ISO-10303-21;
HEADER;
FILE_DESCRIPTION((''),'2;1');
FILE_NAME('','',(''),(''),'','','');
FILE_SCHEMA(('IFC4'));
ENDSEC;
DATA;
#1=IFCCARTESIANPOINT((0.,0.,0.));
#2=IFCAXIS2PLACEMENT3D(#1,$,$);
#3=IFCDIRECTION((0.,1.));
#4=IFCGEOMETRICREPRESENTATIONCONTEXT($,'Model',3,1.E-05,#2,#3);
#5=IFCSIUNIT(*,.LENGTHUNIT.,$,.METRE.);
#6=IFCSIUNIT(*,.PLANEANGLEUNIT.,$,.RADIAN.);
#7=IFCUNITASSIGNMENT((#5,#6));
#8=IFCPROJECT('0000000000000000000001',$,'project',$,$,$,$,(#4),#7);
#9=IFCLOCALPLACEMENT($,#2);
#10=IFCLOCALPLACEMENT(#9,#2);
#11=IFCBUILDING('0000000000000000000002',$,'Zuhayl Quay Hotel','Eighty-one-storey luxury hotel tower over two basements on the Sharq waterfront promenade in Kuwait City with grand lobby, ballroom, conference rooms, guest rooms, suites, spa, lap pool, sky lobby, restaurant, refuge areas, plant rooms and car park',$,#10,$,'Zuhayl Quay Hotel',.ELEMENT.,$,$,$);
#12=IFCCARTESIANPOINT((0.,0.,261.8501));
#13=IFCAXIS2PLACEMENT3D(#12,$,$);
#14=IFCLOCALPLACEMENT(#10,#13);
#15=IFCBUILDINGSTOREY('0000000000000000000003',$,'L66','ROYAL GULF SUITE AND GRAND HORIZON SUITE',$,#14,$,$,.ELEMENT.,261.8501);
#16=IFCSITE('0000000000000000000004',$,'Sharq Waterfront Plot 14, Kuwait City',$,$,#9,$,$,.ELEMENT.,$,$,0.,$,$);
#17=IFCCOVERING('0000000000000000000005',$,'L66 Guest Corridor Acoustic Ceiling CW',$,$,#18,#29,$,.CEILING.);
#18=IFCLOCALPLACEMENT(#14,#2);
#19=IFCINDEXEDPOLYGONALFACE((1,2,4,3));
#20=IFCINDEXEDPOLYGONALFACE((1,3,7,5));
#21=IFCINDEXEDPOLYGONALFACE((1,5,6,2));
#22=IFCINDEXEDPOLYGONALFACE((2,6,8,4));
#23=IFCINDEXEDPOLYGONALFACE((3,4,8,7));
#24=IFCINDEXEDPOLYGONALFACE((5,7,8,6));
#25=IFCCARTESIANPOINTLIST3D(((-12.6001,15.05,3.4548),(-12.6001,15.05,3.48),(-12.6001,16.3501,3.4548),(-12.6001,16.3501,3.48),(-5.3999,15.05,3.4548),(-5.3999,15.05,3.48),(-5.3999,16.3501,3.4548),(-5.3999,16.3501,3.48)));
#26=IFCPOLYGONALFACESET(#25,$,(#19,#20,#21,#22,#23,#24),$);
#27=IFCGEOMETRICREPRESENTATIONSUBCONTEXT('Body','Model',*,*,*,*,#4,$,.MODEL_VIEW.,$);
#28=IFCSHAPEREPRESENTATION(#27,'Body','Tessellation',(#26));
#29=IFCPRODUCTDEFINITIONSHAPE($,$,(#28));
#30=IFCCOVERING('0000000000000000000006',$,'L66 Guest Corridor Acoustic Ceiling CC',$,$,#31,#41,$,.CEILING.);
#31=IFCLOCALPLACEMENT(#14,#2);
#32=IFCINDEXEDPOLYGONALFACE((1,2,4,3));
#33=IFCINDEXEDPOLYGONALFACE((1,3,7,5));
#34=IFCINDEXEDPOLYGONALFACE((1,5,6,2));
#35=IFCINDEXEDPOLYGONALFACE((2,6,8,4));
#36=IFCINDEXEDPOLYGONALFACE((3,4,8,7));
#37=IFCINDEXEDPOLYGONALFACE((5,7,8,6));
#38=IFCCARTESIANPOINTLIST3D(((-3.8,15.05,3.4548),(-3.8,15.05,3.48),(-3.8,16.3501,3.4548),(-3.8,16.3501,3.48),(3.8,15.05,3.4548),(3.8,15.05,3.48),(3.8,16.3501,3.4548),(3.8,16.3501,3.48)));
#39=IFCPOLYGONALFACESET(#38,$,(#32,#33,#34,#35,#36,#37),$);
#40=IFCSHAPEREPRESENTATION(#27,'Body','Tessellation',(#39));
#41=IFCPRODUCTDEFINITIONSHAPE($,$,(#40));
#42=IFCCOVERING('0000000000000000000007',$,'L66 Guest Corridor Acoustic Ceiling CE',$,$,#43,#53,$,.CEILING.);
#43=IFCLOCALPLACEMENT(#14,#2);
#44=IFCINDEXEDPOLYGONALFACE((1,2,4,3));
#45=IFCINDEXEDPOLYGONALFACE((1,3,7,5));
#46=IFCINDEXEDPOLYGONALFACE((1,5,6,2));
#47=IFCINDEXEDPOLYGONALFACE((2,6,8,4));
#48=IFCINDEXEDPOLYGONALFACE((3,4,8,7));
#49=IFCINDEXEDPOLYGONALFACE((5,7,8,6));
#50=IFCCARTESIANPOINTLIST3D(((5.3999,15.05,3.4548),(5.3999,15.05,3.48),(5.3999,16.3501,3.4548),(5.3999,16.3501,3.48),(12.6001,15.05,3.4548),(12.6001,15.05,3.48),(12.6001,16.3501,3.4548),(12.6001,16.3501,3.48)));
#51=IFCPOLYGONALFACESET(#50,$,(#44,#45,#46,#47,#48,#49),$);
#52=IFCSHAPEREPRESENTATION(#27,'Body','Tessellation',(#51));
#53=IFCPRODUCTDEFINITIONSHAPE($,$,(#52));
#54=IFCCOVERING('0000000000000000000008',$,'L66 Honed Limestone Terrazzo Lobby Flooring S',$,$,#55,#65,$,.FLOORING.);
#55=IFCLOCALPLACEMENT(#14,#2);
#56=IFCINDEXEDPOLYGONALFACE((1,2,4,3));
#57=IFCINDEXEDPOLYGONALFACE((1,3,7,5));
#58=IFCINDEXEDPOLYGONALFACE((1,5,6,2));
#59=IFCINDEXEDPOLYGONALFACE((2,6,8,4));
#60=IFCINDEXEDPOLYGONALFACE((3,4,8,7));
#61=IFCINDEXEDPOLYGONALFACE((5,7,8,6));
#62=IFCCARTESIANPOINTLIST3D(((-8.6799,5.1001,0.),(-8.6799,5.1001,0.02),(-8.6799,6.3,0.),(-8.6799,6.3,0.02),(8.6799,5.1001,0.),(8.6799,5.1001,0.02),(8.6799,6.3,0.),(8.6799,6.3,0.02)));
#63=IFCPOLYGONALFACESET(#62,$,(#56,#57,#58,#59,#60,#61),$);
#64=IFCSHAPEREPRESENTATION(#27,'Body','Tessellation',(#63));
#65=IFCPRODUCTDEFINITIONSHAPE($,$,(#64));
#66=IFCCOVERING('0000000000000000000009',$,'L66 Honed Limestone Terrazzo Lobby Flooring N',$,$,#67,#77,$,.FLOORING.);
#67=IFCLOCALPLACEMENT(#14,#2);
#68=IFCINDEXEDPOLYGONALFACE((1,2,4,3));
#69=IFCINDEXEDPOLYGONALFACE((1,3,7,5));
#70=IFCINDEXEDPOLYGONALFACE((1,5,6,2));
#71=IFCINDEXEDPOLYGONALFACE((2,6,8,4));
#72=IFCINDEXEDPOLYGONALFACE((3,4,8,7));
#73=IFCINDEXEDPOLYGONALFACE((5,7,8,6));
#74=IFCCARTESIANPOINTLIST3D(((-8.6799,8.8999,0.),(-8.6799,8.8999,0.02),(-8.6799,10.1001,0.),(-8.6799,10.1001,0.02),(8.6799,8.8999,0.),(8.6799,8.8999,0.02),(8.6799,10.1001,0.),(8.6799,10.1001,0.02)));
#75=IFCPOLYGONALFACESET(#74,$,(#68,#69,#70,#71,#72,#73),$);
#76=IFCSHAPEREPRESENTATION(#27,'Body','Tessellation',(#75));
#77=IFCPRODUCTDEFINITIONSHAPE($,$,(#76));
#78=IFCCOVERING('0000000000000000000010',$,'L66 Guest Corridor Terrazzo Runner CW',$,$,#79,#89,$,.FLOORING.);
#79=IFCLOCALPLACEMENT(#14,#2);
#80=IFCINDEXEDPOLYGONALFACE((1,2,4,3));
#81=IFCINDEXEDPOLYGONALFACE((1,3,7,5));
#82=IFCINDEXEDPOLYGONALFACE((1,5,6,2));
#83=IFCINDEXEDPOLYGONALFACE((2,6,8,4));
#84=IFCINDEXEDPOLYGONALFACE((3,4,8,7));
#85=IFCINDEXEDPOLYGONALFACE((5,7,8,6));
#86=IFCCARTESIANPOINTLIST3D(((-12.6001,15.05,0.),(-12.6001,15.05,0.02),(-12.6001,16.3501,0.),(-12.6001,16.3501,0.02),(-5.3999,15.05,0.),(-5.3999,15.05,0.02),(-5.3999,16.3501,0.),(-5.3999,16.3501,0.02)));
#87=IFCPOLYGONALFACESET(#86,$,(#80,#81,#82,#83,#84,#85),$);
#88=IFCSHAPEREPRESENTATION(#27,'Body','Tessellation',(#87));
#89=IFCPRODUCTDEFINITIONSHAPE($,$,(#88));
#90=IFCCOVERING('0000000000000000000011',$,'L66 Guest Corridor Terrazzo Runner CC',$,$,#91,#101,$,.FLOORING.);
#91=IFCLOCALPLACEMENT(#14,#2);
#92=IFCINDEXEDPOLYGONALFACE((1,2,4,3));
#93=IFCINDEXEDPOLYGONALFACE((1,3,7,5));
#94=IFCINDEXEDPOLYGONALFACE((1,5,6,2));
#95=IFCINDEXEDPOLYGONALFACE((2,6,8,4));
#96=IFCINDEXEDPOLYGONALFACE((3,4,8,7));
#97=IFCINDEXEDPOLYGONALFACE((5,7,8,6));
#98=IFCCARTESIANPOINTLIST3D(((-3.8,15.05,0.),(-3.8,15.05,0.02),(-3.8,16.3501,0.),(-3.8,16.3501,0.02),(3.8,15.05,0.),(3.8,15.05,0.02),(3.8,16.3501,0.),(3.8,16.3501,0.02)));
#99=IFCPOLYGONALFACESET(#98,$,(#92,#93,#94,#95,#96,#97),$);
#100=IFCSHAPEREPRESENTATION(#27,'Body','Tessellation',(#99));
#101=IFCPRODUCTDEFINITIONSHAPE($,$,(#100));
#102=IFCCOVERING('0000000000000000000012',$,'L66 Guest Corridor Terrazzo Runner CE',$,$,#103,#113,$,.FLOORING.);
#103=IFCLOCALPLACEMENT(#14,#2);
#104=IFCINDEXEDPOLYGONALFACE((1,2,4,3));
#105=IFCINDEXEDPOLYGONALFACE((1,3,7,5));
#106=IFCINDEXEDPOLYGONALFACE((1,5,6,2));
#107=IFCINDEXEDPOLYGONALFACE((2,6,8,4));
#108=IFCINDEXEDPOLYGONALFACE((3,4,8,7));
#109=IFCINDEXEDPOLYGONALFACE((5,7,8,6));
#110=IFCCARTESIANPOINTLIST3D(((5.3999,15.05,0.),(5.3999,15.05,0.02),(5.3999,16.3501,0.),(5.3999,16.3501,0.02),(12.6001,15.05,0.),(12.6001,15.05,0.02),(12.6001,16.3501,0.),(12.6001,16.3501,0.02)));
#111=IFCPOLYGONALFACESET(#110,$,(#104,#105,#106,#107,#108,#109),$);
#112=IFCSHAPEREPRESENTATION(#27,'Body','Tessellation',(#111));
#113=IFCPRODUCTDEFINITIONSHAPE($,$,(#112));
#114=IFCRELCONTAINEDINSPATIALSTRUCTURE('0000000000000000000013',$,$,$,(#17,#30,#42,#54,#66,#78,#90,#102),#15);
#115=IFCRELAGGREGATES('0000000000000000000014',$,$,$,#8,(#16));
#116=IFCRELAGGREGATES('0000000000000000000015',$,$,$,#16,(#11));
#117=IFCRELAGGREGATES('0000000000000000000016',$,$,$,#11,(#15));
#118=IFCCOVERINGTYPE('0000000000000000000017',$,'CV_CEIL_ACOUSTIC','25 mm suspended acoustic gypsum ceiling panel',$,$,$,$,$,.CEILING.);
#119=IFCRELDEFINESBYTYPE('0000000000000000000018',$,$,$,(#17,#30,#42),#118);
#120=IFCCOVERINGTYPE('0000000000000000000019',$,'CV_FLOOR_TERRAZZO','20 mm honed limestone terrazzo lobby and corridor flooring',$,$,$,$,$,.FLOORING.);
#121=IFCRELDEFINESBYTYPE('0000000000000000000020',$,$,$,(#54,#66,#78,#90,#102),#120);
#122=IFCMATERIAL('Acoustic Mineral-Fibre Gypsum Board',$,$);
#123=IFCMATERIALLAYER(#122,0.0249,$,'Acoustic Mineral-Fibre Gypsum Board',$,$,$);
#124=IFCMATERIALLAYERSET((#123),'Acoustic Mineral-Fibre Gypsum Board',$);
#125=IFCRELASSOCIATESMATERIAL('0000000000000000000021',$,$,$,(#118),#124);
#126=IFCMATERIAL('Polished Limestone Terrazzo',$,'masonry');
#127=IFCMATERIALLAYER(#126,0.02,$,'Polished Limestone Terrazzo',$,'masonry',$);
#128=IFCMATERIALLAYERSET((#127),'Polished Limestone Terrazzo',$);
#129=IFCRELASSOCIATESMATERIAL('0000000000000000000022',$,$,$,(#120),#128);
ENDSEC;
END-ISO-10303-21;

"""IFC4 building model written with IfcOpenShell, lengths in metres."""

from ifc_helpers import new_model, si_unit, direction, frame, origin, place, context, subcontext, project, spatial, polyline, outline, extrude, material, layer, layer_set, type_object, element, save


model = new_model("IFC4")

# Units and contexts
model_context = context("Model", 3, precision=1e-05, world=origin(), true_north=direction((0.0, 1.0)))
body_context = subcontext(model_context, "Body", "Model", "MODEL_VIEW")
ifc_project = project(units=[si_unit("LENGTHUNIT", "METRE"), si_unit("PLANEANGLEUNIT", "RADIAN")], contexts=[model_context])

# Site, building, storey
site_placement = place(None, origin())
site = spatial("IfcSite", under=ifc_project, at=site_placement, Name="Sharq Waterfront Plot 14, Kuwait City", CompositionType="ELEMENT", RefElevation=0.0)
building_placement = place(site_placement, origin())
building = spatial("IfcBuilding", under=site, at=building_placement, Name="Zuhayl Quay Hotel", Description="Eighty-one-storey luxury hotel tower over two basements on the Sharq waterfront promenade in Kuwait City with grand lobby, ballroom, conference rooms, guest rooms, suites, spa, lap pool, sky lobby, restaurant, refuge areas, plant rooms and car park", LongName="Zuhayl Quay Hotel", CompositionType="ELEMENT")
storey_placement = place(building_placement, frame((0.0, 0.0, 261.8501)))
storey = spatial("IfcBuildingStorey", under=building, at=storey_placement, Name="L66", Description="ROYAL GULF SUITE AND GRAND HORIZON SUITE", CompositionType="ELEMENT", Elevation=261.8501)

# Coverings
ifc_material_1 = material(Name="Acoustic Mineral-Fibre Gypsum Board")
ifc_layer_1 = layer(ifc_material_1, 0.0249, Name="Acoustic Mineral-Fibre Gypsum Board")
ifc_layer_set_1 = layer_set([ifc_layer_1], Name="Acoustic Mineral-Fibre Gypsum Board")
covering_type_1 = type_object("IfcCoveringType", Name="CV_CEIL_ACOUSTIC", Description="25 mm suspended acoustic gypsum ceiling panel", PredefinedType="CEILING", material=ifc_layer_set_1)
covering_1_placement = place(storey_placement, frame((0.0, 0.0, 3.4548)))
element("IfcCovering", 1, at=covering_1_placement, inside=storey, type_object=covering_type_1, Name="L66 Guest Corridor Acoustic Ceiling CW", PredefinedType="CEILING", context=body_context, shape_type="SweptSolid", body=[
    extrude(outline(polyline([(-12.6001, 15.05), (-5.3999, 15.05), (-5.3999, 16.3501), (-12.6001, 16.3501), (-12.6001, 15.05)])), origin(), (0.0, 0.0, 1.0), 0.0251),
])
covering_2_placement = place(storey_placement, frame((0.0, 0.0, 3.4548)))
element("IfcCovering", 2, at=covering_2_placement, inside=storey, type_object=covering_type_1, Name="L66 Guest Corridor Acoustic Ceiling CC", PredefinedType="CEILING", context=body_context, shape_type="SweptSolid", body=[
    extrude(outline(polyline([(-3.8, 15.05), (3.8, 15.05), (3.8, 16.3501), (-3.8, 16.3501), (-3.8, 15.05)])), origin(), (0.0, 0.0, 1.0), 0.0251),
])
covering_3_placement = place(storey_placement, frame((0.0, 0.0, 3.4548)))
element("IfcCovering", 3, at=covering_3_placement, inside=storey, type_object=covering_type_1, Name="L66 Guest Corridor Acoustic Ceiling CE", PredefinedType="CEILING", context=body_context, shape_type="SweptSolid", body=[
    extrude(outline(polyline([(5.3999, 15.05), (12.6001, 15.05), (12.6001, 16.3501), (5.3999, 16.3501), (5.3999, 15.05)])), origin(), (0.0, 0.0, 1.0), 0.0251),
])
ifc_material_2 = material(Name="Polished Limestone Terrazzo", Category="masonry")
ifc_layer_2 = layer(ifc_material_2, 0.02, Name="Polished Limestone Terrazzo", Category="masonry")
ifc_layer_set_2 = layer_set([ifc_layer_2], Name="Polished Limestone Terrazzo")
covering_type_2 = type_object("IfcCoveringType", Name="CV_FLOOR_TERRAZZO", Description="20 mm honed limestone terrazzo lobby and corridor flooring", PredefinedType="FLOORING", material=ifc_layer_set_2)
covering_4_placement = place(storey_placement, origin())
element("IfcCovering", 4, at=covering_4_placement, inside=storey, type_object=covering_type_2, Name="L66 Honed Limestone Terrazzo Lobby Flooring S", PredefinedType="FLOORING", context=body_context, shape_type="SweptSolid", body=[
    extrude(outline(polyline([(-8.6799, 5.1001), (8.6799, 5.1001), (8.6799, 6.3), (-8.6799, 6.3), (-8.6799, 5.1001)])), origin(), (0.0, 0.0, 1.0), 0.02),
])
covering_5_placement = place(storey_placement, origin())
element("IfcCovering", 5, at=covering_5_placement, inside=storey, type_object=covering_type_2, Name="L66 Honed Limestone Terrazzo Lobby Flooring N", PredefinedType="FLOORING", context=body_context, shape_type="SweptSolid", body=[
    extrude(outline(polyline([(-8.6799, 8.8999), (8.6799, 8.8999), (8.6799, 10.1001), (-8.6799, 10.1001), (-8.6799, 8.8999)])), origin(), (0.0, 0.0, 1.0), 0.02),
])
covering_6_placement = place(storey_placement, origin())
element("IfcCovering", 6, at=covering_6_placement, inside=storey, type_object=covering_type_2, Name="L66 Guest Corridor Terrazzo Runner CW", PredefinedType="FLOORING", context=body_context, shape_type="SweptSolid", body=[
    extrude(outline(polyline([(-12.6001, 15.05), (-5.3999, 15.05), (-5.3999, 16.3501), (-12.6001, 16.3501), (-12.6001, 15.05)])), origin(), (0.0, 0.0, 1.0), 0.02),
])
covering_7_placement = place(storey_placement, origin())
element("IfcCovering", 7, at=covering_7_placement, inside=storey, type_object=covering_type_2, Name="L66 Guest Corridor Terrazzo Runner CC", PredefinedType="FLOORING", context=body_context, shape_type="SweptSolid", body=[
    extrude(outline(polyline([(-3.8, 15.05), (3.8, 15.05), (3.8, 16.3501), (-3.8, 16.3501), (-3.8, 15.05)])), origin(), (0.0, 0.0, 1.0), 0.02),
])
covering_8_placement = place(storey_placement, origin())
element("IfcCovering", 8, at=covering_8_placement, inside=storey, type_object=covering_type_2, Name="L66 Guest Corridor Terrazzo Runner CE", PredefinedType="FLOORING", context=body_context, shape_type="SweptSolid", body=[
    extrude(outline(polyline([(5.3999, 15.05), (12.6001, 15.05), (12.6001, 16.3501), (5.3999, 16.3501), (5.3999, 15.05)])), origin(), (0.0, 0.0, 1.0), 0.02),
])

save(model, "model.ifc")
